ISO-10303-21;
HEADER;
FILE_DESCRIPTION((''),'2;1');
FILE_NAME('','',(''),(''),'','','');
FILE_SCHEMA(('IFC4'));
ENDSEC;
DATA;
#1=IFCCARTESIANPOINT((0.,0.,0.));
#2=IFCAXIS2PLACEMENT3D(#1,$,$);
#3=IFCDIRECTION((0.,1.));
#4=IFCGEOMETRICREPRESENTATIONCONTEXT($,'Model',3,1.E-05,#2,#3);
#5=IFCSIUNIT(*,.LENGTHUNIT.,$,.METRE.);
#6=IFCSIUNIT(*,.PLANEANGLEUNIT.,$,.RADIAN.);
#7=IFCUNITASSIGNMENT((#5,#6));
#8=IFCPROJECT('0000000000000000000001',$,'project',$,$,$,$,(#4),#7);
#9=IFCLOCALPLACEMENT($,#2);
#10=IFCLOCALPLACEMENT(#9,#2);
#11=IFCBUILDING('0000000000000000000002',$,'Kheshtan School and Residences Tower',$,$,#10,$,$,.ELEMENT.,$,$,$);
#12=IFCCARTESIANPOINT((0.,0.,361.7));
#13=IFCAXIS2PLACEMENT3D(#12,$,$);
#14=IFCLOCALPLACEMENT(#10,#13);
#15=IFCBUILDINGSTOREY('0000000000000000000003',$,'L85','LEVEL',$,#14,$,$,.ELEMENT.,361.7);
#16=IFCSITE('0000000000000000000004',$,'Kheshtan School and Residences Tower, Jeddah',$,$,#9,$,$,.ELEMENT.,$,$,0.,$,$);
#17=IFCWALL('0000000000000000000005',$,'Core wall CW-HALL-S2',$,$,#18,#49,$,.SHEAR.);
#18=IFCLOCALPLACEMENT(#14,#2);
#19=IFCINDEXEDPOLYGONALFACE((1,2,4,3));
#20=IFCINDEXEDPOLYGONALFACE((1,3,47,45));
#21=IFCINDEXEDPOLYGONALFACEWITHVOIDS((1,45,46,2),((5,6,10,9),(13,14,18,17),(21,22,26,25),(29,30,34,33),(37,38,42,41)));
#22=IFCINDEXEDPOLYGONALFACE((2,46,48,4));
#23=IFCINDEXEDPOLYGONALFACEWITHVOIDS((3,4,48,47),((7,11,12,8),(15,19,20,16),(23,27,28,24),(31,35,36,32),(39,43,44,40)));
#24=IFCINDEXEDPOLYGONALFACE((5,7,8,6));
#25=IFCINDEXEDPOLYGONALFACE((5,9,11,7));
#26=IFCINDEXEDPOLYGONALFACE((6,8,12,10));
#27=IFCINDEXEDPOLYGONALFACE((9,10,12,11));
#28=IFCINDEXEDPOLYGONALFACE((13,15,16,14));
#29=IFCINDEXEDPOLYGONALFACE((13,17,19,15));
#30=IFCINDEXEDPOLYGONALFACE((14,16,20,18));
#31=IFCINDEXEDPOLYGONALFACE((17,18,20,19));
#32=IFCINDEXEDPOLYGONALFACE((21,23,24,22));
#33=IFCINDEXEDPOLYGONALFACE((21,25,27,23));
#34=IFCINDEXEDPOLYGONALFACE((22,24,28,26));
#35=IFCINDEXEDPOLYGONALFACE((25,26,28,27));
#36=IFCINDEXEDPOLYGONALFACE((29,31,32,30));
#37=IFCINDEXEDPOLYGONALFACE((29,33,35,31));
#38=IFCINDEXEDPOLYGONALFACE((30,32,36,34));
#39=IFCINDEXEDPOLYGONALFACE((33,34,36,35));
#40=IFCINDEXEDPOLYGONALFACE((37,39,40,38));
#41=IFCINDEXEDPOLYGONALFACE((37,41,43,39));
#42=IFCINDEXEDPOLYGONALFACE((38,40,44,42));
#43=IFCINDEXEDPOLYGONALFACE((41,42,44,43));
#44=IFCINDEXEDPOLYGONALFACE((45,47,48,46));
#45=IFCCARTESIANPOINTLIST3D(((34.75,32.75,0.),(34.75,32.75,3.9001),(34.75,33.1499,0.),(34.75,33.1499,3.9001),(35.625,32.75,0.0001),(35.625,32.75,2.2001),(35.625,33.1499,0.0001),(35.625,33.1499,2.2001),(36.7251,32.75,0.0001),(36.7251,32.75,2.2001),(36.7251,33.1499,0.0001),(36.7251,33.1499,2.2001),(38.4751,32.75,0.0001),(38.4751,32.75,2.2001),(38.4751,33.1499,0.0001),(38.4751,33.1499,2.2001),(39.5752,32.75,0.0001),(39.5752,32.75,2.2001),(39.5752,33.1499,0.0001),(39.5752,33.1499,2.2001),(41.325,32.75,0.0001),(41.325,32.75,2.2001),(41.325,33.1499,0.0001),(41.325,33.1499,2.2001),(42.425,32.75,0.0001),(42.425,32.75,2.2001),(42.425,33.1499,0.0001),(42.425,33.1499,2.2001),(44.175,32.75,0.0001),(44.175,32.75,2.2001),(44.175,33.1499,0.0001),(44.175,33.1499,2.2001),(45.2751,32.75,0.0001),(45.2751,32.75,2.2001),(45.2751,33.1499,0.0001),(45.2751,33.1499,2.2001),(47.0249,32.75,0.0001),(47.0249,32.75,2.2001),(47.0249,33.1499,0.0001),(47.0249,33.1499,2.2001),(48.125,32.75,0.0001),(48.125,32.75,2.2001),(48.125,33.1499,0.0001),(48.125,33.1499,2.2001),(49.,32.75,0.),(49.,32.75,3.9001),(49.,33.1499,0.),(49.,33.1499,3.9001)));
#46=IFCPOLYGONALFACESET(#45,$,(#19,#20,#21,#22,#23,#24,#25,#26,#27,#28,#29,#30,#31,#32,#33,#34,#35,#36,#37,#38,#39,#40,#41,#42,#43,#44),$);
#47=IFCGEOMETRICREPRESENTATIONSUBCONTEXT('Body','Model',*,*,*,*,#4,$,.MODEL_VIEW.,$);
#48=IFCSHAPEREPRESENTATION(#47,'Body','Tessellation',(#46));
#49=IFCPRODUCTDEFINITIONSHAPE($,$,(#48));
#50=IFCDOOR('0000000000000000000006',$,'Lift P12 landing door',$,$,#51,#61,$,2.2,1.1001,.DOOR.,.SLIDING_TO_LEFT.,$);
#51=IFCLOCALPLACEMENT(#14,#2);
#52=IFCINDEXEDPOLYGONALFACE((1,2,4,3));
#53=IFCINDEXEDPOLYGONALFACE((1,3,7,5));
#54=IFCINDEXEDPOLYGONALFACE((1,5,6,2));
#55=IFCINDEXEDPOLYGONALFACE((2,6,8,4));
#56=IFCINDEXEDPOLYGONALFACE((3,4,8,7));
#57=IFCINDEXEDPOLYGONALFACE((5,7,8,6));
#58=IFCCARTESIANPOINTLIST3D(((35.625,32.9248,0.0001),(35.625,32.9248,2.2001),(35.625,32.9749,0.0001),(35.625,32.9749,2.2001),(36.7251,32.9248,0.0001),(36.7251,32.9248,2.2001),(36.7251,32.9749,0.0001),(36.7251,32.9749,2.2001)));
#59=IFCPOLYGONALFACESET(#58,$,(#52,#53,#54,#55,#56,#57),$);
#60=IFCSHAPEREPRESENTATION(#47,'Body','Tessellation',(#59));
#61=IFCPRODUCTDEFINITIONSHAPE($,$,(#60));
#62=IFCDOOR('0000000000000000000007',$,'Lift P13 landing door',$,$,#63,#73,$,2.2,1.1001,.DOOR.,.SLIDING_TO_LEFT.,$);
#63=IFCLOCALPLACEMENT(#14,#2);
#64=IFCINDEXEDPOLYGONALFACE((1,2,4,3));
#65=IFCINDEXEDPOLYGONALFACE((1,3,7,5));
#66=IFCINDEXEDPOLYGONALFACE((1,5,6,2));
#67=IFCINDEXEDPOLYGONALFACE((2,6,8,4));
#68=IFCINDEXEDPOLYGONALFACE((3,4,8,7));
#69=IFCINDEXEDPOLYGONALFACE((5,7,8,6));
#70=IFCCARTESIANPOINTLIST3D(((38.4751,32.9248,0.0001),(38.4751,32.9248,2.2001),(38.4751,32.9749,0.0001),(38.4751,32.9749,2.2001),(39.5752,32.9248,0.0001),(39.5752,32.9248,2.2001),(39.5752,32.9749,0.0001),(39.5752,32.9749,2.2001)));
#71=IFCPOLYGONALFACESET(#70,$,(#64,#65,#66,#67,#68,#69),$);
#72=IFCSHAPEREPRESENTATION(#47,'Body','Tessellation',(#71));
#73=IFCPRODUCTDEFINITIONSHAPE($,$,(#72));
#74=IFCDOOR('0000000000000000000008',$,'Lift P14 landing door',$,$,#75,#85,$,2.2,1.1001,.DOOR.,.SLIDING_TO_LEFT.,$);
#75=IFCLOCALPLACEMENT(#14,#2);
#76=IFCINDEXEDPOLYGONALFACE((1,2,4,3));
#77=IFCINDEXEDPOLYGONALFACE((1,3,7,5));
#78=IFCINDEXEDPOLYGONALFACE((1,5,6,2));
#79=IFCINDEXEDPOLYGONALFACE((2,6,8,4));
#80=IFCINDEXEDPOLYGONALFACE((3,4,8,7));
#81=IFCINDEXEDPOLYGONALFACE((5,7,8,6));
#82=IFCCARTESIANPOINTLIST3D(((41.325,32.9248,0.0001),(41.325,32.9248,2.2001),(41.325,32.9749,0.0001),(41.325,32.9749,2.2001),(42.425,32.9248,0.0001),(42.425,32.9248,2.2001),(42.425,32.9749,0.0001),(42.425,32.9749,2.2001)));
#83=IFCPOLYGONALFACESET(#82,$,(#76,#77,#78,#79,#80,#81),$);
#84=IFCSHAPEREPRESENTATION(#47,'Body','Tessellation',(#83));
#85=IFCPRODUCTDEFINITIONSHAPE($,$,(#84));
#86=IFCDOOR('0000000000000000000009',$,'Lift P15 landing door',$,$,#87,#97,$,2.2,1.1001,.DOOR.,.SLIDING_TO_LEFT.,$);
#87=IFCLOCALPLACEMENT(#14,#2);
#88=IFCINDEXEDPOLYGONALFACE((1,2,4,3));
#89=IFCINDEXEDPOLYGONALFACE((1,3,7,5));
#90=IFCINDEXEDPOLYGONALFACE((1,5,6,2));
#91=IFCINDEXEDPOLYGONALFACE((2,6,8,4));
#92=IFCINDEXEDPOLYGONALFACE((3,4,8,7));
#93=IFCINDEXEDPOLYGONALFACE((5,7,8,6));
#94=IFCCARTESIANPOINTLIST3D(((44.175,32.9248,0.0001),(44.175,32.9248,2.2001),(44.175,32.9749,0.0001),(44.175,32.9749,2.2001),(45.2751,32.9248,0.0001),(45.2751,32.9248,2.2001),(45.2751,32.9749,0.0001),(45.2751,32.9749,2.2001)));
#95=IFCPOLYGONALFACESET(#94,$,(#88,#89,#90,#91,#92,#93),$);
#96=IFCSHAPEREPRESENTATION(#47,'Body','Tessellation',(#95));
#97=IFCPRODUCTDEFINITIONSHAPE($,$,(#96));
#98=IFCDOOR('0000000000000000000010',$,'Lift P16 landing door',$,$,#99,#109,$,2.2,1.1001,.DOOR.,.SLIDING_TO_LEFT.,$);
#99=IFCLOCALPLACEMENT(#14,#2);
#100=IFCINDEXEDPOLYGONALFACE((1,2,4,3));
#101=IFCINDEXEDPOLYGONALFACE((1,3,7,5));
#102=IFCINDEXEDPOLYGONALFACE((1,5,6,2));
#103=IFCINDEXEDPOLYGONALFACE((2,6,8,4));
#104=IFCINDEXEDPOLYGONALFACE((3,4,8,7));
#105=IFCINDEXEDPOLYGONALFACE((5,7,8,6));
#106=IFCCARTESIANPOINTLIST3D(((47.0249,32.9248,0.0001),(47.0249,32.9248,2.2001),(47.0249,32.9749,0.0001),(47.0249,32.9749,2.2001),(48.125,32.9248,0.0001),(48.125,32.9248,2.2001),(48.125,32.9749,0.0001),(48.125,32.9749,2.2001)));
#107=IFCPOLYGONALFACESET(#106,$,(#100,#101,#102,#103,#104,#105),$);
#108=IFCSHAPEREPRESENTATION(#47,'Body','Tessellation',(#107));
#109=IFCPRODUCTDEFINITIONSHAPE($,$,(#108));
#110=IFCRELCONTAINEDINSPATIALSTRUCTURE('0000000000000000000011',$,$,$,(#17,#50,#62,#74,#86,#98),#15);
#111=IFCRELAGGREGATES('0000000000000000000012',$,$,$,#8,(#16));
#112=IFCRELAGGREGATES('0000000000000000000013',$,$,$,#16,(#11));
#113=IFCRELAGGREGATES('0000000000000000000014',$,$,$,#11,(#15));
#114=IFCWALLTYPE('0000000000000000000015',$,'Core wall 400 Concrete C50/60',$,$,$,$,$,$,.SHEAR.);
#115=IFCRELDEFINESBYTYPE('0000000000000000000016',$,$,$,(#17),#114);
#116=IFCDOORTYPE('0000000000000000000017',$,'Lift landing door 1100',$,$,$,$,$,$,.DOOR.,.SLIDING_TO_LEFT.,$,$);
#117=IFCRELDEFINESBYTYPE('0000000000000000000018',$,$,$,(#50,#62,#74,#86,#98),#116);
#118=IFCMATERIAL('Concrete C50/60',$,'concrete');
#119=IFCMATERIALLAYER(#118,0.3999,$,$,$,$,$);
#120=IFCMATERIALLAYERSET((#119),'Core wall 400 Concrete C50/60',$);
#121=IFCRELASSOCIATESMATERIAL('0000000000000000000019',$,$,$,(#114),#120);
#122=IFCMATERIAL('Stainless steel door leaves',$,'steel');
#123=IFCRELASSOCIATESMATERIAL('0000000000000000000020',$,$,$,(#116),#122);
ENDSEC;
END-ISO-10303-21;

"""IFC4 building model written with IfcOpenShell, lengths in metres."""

from ifc_helpers import new_model, si_unit, direction, frame, frame_2d, origin, place, context, subcontext, project, spatial, rectangle, extrude, source, transform, mapped, material, layer, layer_set, type_object, element, fill, save


model = new_model("IFC4")

# Units and contexts
model_context = context("Model", 3, precision=1e-05, world=origin(), true_north=direction((0.0, 1.0)))
body_context = subcontext(model_context, "Body", "Model", "MODEL_VIEW")
ifc_project = project(units=[si_unit("LENGTHUNIT", "METRE"), si_unit("PLANEANGLEUNIT", "RADIAN")], contexts=[model_context])

# Site, building, storey
site_placement = place(None, origin())
site = spatial("IfcSite", under=ifc_project, at=site_placement, Name="Kheshtan School and Residences Tower, Jeddah", CompositionType="ELEMENT", RefElevation=0.0)
building_placement = place(site_placement, origin())
building = spatial("IfcBuilding", under=site, at=building_placement, Name="Kheshtan School and Residences Tower", CompositionType="ELEMENT")
storey_placement = place(building_placement, frame((0.0, 0.0, 361.7)))
storey = spatial("IfcBuildingStorey", under=building, at=storey_placement, Name="L85", Description="LEVEL", CompositionType="ELEMENT", Elevation=361.7)

# Wall, openings, doors
ifc_material_1 = material(Name="Concrete C50/60", Category="concrete")
ifc_layer_1 = layer(ifc_material_1, 0.3999)
ifc_layer_set_1 = layer_set([ifc_layer_1], Name="Core wall 400 Concrete C50/60")
wall_type_1 = type_object("IfcWallType", Name="Core wall 400 Concrete C50/60", PredefinedType="SHEAR", material=ifc_layer_set_1)
ifc_material_2 = material(Name="Stainless steel door leaves", Category="steel")
door_type_1 = type_object("IfcDoorType", Name="Lift landing door 1100", OperationType="SLIDING_TO_LEFT", PredefinedType="DOOR", material=ifc_material_2)
shared_shape_1 = source(origin(), body_context, "Body", "SweptSolid", [
    extrude(rectangle(XDim=1.1001, YDim=2.2, at=frame_2d((0.55, 1.1001))), frame((0.0, 0.0249, 0.0), z_axis=(0.0, -1.0, 0.0), x_axis=(1.0, 0.0, 0.0)), (0.0, 0.0, 1.0), 0.05),
])
wall_1_placement = place(storey_placement, frame((34.75, 32.95, 0.0), z_axis=(0.0, 0.0, 1.0), x_axis=(1.0, 0.0, 0.0)))
wall_1 = element("IfcWall", 1, at=wall_1_placement, inside=storey, type_object=wall_type_1, Name="Core wall CW-HALL-S2", PredefinedType="SHEAR", context=body_context, shape_type="SweptSolid", body=[
    extrude(rectangle(XDim=14.25, YDim=0.3999, at=frame_2d((7.125, 0.0))), origin(), (0.0, 0.0, 1.0), 3.9001),
])
opening_1_placement = place(wall_1_placement, frame((0.875, 0.0, 0.0)))
opening_1 = element("IfcOpeningElement", 2, at=opening_1_placement, cuts=wall_1, PredefinedType="OPENING", context=body_context, shape_type="SweptSolid", body=[
    extrude(rectangle(XDim=1.1001, YDim=2.2, at=frame_2d((0.55, 1.1001))), frame((0.0, 0.21, 0.0), z_axis=(0.0, -1.0, 0.0), x_axis=(1.0, 0.0, 0.0)), (0.0, 0.0, 1.0), 0.4199),
])
opening_2_placement = place(wall_1_placement, frame((3.7251, 0.0, 0.0)))
opening_2 = element("IfcOpeningElement", 3, at=opening_2_placement, cuts=wall_1, PredefinedType="OPENING", context=body_context, shape_type="SweptSolid", body=[
    extrude(rectangle(XDim=1.1001, YDim=2.2, at=frame_2d((0.55, 1.1001))), frame((0.0, 0.21, 0.0), z_axis=(0.0, -1.0, 0.0), x_axis=(1.0, 0.0, 0.0)), (0.0, 0.0, 1.0), 0.4199),
])
opening_3_placement = place(wall_1_placement, frame((6.575, 0.0, 0.0)))
opening_3 = element("IfcOpeningElement", 4, at=opening_3_placement, cuts=wall_1, PredefinedType="OPENING", context=body_context, shape_type="SweptSolid", body=[
    extrude(rectangle(XDim=1.1001, YDim=2.2, at=frame_2d((0.55, 1.1001))), frame((0.0, 0.21, 0.0), z_axis=(0.0, -1.0, 0.0), x_axis=(1.0, 0.0, 0.0)), (0.0, 0.0, 1.0), 0.4199),
])
opening_4_placement = place(wall_1_placement, frame((9.425, 0.0, 0.0)))
opening_4 = element("IfcOpeningElement", 5, at=opening_4_placement, cuts=wall_1, PredefinedType="OPENING", context=body_context, shape_type="SweptSolid", body=[
    extrude(rectangle(XDim=1.1001, YDim=2.2, at=frame_2d((0.55, 1.1001))), frame((0.0, 0.21, 0.0), z_axis=(0.0, -1.0, 0.0), x_axis=(1.0, 0.0, 0.0)), (0.0, 0.0, 1.0), 0.4199),
])
opening_5_placement = place(wall_1_placement, frame((12.2749, 0.0, 0.0)))
opening_5 = element("IfcOpeningElement", 6, at=opening_5_placement, cuts=wall_1, PredefinedType="OPENING", context=body_context, shape_type="SweptSolid", body=[
    extrude(rectangle(XDim=1.1001, YDim=2.2, at=frame_2d((0.55, 1.1001))), frame((0.0, 0.21, 0.0), z_axis=(0.0, -1.0, 0.0), x_axis=(1.0, 0.0, 0.0)), (0.0, 0.0, 1.0), 0.4199),
])
door_1_placement = place(opening_1_placement, origin())
door_1 = element("IfcDoor", 7, at=door_1_placement, inside=storey, type_object=door_type_1, Name="Lift P12 landing door", OperationType="SLIDING_TO_LEFT", OverallHeight=2.2, OverallWidth=1.1001, PredefinedType="DOOR", context=body_context, shape_type="MappedRepresentation", body=[
    mapped(shared_shape_1, transform((0.0, 0.0, 0.0), x_axis=(1.0, 0.0, 0.0), y_axis=(0.0, 1.0, 0.0), z_axis=(0.0, 0.0, 1.0), scale=1.0)),
])
fill(opening_1, door_1)
door_2_placement = place(opening_2_placement, origin())
door_2 = element("IfcDoor", 8, at=door_2_placement, inside=storey, type_object=door_type_1, Name="Lift P13 landing door", OperationType="SLIDING_TO_LEFT", OverallHeight=2.2, OverallWidth=1.1001, PredefinedType="DOOR", context=body_context, shape_type="MappedRepresentation", body=[
    mapped(shared_shape_1, transform((0.0, 0.0, 0.0), x_axis=(1.0, 0.0, 0.0), y_axis=(0.0, 1.0, 0.0), z_axis=(0.0, 0.0, 1.0), scale=1.0)),
])
fill(opening_2, door_2)
door_3_placement = place(opening_3_placement, origin())
door_3 = element("IfcDoor", 9, at=door_3_placement, inside=storey, type_object=door_type_1, Name="Lift P14 landing door", OperationType="SLIDING_TO_LEFT", OverallHeight=2.2, OverallWidth=1.1001, PredefinedType="DOOR", context=body_context, shape_type="MappedRepresentation", body=[
    mapped(shared_shape_1, transform((0.0, 0.0, 0.0), x_axis=(1.0, 0.0, 0.0), y_axis=(0.0, 1.0, 0.0), z_axis=(0.0, 0.0, 1.0), scale=1.0)),
])
fill(opening_3, door_3)
door_4_placement = place(opening_4_placement, origin())
door_4 = element("IfcDoor", 10, at=door_4_placement, inside=storey, type_object=door_type_1, Name="Lift P15 landing door", OperationType="SLIDING_TO_LEFT", OverallHeight=2.2, OverallWidth=1.1001, PredefinedType="DOOR", context=body_context, shape_type="MappedRepresentation", body=[
    mapped(shared_shape_1, transform((0.0, 0.0, 0.0), x_axis=(1.0, 0.0, 0.0), y_axis=(0.0, 1.0, 0.0), z_axis=(0.0, 0.0, 1.0), scale=1.0)),
])
fill(opening_4, door_4)
door_5_placement = place(opening_5_placement, origin())
door_5 = element("IfcDoor", 11, at=door_5_placement, inside=storey, type_object=door_type_1, Name="Lift P16 landing door", OperationType="SLIDING_TO_LEFT", OverallHeight=2.2, OverallWidth=1.1001, PredefinedType="DOOR", context=body_context, shape_type="MappedRepresentation", body=[
    mapped(shared_shape_1, transform((0.0, 0.0, 0.0), x_axis=(1.0, 0.0, 0.0), y_axis=(0.0, 1.0, 0.0), z_axis=(0.0, 0.0, 1.0), scale=1.0)),
])
fill(opening_5, door_5)

save(model, "model.ifc")
